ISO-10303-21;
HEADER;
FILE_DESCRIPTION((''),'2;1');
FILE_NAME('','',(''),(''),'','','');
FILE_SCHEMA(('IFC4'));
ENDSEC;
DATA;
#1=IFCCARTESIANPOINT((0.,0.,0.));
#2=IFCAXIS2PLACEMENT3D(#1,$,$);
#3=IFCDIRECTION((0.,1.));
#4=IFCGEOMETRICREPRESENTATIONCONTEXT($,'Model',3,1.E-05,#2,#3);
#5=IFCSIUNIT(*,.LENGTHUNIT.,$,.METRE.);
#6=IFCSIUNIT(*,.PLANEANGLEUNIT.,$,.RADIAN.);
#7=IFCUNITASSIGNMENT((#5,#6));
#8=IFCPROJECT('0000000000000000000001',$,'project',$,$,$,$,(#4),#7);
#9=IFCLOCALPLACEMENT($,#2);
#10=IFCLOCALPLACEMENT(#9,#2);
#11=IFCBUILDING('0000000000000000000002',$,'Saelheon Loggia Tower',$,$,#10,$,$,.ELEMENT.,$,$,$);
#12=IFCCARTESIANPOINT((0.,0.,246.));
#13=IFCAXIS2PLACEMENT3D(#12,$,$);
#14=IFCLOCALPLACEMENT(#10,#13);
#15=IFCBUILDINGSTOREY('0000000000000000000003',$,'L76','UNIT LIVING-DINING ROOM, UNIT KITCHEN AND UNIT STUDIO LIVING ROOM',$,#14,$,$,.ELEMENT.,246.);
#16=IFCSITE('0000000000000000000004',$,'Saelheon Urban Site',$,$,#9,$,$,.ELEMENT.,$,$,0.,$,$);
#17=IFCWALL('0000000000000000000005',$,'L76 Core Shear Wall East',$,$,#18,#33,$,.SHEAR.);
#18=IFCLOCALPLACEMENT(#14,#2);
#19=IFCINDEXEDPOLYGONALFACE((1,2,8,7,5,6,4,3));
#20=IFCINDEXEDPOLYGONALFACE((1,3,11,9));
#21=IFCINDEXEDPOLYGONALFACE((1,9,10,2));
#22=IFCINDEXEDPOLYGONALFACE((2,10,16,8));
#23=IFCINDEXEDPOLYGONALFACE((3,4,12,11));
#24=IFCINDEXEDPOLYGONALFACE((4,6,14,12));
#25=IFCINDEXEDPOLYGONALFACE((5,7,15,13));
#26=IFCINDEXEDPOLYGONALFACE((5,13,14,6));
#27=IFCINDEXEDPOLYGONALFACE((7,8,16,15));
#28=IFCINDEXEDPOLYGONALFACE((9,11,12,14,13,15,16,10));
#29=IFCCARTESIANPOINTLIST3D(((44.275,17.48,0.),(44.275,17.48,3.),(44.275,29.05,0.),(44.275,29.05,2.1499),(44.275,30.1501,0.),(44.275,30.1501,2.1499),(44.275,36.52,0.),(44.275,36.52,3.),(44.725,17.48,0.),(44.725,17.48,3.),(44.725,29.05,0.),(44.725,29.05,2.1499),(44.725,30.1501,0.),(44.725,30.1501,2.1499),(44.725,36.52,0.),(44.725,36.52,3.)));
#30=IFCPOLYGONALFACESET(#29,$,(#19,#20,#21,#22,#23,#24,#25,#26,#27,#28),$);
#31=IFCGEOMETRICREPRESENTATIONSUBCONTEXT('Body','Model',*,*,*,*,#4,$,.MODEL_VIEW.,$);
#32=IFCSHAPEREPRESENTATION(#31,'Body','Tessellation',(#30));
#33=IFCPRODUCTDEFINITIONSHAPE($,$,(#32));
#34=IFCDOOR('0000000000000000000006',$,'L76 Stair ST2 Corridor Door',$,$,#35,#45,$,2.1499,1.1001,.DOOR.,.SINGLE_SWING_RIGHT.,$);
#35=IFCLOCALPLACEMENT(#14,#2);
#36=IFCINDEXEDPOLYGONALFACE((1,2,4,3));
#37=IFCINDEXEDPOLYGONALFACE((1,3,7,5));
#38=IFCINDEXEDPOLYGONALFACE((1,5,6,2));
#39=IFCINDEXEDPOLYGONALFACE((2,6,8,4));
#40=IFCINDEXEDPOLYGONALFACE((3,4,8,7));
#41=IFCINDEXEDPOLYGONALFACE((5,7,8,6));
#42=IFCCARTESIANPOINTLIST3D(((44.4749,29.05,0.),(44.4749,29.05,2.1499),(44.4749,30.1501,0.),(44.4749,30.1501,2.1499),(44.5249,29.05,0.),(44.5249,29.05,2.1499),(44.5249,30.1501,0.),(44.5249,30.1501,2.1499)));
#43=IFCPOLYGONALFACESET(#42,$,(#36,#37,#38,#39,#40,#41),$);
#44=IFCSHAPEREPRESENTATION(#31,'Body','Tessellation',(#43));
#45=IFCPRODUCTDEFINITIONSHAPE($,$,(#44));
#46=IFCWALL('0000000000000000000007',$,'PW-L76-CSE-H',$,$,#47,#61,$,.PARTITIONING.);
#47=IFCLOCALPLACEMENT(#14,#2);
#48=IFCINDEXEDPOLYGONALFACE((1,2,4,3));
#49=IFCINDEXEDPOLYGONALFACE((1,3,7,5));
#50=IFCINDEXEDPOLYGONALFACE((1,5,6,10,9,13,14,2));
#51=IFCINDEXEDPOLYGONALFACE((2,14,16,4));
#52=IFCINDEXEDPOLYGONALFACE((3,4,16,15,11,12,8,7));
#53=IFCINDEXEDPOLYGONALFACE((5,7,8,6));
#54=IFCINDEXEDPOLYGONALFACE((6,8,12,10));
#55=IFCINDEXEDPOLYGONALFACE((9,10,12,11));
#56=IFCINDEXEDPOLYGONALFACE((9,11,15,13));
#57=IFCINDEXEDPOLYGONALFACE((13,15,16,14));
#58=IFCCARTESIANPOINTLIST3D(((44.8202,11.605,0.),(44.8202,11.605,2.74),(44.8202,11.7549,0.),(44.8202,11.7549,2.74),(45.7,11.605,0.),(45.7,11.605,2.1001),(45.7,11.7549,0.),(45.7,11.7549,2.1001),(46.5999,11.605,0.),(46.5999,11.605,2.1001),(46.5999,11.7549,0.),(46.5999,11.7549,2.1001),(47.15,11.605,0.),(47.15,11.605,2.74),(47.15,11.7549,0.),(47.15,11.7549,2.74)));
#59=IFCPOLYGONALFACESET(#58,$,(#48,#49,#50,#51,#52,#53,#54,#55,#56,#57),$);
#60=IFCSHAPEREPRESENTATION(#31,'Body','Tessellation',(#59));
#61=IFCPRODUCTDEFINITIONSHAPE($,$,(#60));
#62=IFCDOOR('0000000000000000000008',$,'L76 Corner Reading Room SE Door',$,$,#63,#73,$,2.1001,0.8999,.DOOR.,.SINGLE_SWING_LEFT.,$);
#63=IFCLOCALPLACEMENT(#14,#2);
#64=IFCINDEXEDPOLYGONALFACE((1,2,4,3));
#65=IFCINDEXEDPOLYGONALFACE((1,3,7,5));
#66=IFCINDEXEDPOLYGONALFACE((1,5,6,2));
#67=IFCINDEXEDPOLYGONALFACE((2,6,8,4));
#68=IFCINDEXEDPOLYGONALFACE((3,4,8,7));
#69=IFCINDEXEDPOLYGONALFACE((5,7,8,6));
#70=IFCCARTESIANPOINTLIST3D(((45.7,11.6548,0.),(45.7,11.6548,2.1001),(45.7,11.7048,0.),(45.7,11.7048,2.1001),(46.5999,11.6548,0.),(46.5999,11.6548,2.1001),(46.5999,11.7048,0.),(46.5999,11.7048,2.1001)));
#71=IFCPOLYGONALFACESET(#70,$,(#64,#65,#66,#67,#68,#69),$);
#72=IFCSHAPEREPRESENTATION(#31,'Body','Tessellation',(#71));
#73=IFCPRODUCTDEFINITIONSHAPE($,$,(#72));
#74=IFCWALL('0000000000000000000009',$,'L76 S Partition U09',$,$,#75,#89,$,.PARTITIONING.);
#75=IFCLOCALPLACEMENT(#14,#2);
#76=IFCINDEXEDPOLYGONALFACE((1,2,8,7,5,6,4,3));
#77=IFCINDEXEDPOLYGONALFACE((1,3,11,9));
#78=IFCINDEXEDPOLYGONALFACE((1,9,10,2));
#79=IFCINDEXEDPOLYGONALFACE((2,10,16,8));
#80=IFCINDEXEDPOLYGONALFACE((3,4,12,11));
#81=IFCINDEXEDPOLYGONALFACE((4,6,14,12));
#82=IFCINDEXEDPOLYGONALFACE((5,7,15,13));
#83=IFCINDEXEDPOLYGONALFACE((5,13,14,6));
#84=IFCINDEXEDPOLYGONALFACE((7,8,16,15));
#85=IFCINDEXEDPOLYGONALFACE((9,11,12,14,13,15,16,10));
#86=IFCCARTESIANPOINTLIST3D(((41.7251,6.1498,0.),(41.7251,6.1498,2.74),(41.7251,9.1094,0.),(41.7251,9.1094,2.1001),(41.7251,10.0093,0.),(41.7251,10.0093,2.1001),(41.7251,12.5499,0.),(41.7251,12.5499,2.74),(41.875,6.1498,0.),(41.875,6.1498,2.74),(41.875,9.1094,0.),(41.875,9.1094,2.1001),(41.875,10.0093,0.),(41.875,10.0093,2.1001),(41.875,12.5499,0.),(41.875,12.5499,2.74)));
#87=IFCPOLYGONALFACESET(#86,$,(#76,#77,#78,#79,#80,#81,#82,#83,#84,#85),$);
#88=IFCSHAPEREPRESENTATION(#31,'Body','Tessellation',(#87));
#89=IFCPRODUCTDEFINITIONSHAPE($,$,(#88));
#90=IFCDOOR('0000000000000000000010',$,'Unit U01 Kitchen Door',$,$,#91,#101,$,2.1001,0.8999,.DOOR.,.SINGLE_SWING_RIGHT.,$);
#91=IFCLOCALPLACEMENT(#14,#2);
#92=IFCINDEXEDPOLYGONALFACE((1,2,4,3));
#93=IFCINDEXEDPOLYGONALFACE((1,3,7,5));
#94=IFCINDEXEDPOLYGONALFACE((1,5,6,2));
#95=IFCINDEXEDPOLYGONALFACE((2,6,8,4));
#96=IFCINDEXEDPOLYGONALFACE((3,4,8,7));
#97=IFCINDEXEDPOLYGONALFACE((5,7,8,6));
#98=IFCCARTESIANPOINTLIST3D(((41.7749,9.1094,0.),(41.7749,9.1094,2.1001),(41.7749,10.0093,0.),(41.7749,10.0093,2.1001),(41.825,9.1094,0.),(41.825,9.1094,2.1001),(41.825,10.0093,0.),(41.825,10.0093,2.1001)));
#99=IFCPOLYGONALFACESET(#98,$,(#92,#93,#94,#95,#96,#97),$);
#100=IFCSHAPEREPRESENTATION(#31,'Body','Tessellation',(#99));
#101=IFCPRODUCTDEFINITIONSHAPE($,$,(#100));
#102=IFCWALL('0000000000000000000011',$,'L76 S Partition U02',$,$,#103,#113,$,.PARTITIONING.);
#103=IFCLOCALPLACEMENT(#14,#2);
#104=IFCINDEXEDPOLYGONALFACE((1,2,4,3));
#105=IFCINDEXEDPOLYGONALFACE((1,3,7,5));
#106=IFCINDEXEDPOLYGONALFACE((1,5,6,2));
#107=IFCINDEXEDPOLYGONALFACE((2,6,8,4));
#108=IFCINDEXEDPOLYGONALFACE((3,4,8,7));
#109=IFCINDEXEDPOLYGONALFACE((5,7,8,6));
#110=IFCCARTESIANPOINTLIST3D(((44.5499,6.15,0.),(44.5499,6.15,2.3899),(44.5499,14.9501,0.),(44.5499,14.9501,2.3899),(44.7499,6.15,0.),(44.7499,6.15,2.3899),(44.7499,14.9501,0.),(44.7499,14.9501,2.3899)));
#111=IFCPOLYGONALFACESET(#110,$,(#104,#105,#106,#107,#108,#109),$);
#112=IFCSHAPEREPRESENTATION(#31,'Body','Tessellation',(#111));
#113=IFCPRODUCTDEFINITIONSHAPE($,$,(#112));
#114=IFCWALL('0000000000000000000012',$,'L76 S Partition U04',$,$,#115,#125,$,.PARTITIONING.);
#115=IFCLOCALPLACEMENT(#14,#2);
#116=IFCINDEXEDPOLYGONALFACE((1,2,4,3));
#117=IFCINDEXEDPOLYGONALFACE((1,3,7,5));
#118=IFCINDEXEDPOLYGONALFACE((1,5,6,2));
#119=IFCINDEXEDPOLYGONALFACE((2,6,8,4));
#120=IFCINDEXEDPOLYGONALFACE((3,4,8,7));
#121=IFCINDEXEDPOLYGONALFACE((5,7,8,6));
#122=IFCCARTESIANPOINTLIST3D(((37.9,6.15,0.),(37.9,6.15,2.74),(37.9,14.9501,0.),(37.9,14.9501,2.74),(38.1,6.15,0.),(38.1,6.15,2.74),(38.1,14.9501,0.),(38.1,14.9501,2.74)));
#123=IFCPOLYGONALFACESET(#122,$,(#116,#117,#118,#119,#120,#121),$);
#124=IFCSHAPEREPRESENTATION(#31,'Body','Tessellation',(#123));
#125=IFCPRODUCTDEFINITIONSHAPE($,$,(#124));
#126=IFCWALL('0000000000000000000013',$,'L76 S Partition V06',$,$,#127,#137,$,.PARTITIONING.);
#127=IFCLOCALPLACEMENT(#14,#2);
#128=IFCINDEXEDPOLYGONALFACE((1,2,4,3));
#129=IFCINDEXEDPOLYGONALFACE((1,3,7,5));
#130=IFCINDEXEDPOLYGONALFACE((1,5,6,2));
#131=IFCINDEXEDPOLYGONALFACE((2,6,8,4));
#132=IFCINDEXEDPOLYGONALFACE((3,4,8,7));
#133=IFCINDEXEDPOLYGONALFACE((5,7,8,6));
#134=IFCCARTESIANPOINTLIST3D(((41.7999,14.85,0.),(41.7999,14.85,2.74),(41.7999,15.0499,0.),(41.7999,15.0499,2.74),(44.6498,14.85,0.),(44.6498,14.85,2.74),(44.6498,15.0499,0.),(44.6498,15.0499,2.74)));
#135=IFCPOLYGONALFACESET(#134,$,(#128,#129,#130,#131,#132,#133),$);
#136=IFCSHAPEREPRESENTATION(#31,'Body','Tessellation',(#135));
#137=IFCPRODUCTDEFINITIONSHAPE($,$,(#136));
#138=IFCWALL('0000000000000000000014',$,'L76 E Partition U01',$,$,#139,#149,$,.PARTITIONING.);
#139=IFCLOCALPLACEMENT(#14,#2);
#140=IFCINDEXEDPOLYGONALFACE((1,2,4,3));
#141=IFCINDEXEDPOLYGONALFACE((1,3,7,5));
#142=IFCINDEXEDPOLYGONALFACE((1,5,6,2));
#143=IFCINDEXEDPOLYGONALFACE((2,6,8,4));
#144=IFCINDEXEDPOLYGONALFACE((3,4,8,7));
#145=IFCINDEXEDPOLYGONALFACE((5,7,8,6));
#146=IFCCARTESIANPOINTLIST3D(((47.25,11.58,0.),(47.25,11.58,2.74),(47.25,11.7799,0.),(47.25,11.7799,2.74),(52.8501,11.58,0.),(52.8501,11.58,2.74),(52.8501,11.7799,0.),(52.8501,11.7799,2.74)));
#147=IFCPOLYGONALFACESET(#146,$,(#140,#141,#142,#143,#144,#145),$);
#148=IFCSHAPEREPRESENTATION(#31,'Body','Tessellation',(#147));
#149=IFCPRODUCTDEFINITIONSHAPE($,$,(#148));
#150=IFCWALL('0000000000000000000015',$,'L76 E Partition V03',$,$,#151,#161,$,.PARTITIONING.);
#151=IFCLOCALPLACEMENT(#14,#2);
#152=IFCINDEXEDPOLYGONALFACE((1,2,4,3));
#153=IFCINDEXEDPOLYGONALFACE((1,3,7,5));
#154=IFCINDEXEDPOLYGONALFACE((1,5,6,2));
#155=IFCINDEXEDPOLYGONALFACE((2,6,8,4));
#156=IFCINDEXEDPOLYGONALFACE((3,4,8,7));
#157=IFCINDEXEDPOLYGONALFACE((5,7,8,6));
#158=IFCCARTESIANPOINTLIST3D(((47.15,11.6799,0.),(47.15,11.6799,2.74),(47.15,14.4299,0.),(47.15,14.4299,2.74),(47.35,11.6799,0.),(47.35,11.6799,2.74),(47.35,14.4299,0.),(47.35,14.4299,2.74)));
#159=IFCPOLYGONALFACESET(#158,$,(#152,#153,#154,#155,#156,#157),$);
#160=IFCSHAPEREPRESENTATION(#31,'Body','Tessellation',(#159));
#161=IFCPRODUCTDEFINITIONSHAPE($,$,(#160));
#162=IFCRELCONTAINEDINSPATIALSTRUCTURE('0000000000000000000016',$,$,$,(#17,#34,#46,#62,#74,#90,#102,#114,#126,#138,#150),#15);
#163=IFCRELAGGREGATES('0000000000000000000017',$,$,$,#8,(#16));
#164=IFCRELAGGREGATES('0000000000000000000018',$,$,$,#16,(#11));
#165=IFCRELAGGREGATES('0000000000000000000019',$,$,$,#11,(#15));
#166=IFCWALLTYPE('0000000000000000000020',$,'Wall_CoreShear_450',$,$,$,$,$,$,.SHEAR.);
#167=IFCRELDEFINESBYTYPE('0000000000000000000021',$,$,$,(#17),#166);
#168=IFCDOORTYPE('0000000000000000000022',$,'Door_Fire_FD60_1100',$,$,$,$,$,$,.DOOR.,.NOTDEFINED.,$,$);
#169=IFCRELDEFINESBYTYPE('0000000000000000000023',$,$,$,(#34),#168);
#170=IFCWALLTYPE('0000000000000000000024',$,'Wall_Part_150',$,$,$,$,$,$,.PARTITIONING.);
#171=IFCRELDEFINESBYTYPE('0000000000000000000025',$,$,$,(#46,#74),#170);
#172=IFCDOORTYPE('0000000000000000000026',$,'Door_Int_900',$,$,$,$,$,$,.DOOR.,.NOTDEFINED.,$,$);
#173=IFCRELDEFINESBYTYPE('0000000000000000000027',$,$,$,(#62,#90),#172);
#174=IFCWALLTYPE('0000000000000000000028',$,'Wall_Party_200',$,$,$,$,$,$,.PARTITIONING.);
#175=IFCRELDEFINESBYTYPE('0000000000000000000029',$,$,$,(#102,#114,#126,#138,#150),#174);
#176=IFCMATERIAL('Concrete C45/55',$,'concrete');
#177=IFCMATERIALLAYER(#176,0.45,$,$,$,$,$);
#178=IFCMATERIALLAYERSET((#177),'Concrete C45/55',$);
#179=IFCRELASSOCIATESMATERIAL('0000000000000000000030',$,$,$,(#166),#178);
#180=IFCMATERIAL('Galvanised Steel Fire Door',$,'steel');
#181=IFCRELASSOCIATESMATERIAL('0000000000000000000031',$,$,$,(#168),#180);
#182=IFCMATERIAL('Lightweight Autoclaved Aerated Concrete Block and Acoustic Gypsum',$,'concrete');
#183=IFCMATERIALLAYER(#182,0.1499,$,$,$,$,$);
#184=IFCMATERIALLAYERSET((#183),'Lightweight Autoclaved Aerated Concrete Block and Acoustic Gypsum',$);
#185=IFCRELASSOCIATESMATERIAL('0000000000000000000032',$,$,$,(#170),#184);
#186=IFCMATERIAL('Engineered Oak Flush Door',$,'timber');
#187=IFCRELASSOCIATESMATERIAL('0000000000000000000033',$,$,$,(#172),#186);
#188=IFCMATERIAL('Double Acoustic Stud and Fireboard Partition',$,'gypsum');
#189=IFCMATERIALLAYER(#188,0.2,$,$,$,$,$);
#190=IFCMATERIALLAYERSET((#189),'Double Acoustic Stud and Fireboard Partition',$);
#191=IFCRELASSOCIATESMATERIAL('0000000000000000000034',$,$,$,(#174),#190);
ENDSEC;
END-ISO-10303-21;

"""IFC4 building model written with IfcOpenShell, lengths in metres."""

from ifc_helpers import new_model, si_unit, direction, frame, frame_2d, origin, place, context, subcontext, project, spatial, rectangle, extrude, source, transform, mapped, material, layer, layer_set, type_object, element, fill, save


model = new_model("IFC4")

# Units and contexts
model_context = context("Model", 3, precision=1e-05, world=origin(), true_north=direction((0.0, 1.0)))
body_context = subcontext(model_context, "Body", "Model", "MODEL_VIEW")
ifc_project = project(units=[si_unit("LENGTHUNIT", "METRE"), si_unit("PLANEANGLEUNIT", "RADIAN")], contexts=[model_context])

# Site, building, storey
site_placement = place(None, origin())
site = spatial("IfcSite", under=ifc_project, at=site_placement, Name="Saelheon Urban Site", CompositionType="ELEMENT", RefElevation=0.0)
building_placement = place(site_placement, origin())
building = spatial("IfcBuilding", under=site, at=building_placement, Name="Saelheon Loggia Tower", CompositionType="ELEMENT")
storey_placement = place(building_placement, frame((0.0, 0.0, 246.0)))
storey = spatial("IfcBuildingStorey", under=building, at=storey_placement, Name="L76", Description="UNIT LIVING-DINING ROOM, UNIT KITCHEN AND UNIT STUDIO LIVING ROOM", CompositionType="ELEMENT", Elevation=246.0)

# Walls, openings, doors
ifc_material_1 = material(Name="Concrete C45/55", Category="concrete")
ifc_layer_1 = layer(ifc_material_1, 0.45)
ifc_layer_set_1 = layer_set([ifc_layer_1], Name="Concrete C45/55")
wall_type_1 = type_object("IfcWallType", Name="Wall_CoreShear_450", PredefinedType="SHEAR", material=ifc_layer_set_1)
wall_1_placement = place(storey_placement, frame((44.5, 17.48, 0.0), z_axis=(0.0, 0.0, 1.0), x_axis=(0.0, 1.0, 0.0)))
wall_1 = element("IfcWall", 1, at=wall_1_placement, inside=storey, type_object=wall_type_1, Name="L76 Core Shear Wall East", PredefinedType="SHEAR", context=body_context, shape_type="SweptSolid", body=[
    extrude(rectangle(XDim=19.04, YDim=0.45, at=frame_2d((9.52, 0.0))), origin(), (0.0, 0.0, 1.0), 3.0),
])
opening_1_placement = place(wall_1_placement, frame((12.6702, 0.0, 0.0), z_axis=(0.0, 0.0, 1.0), x_axis=(-1.0, 0.0, 0.0)))
opening_1 = element("IfcOpeningElement", 2, at=opening_1_placement, cuts=wall_1, PredefinedType="OPENING", context=body_context, shape_type="SweptSolid", body=[
    extrude(rectangle(XDim=1.1001, YDim=2.1499, at=frame_2d((0.55, 1.075))), frame((0.0, 0.2371, 0.0), z_axis=(0.0, -1.0, 0.0), x_axis=(1.0, 0.0, 0.0)), (0.0, 0.0, 1.0), 0.4739),
])
ifc_material_2 = material(Name="Galvanised Steel Fire Door", Category="steel")
door_type_1 = type_object("IfcDoorType", Name="Door_Fire_FD60_1100", OperationType="NOTDEFINED", PredefinedType="DOOR", material=ifc_material_2)
shared_shape_1 = source(origin(), body_context, "Body", "SweptSolid", [
    extrude(rectangle(XDim=1.1001, YDim=2.1499, at=frame_2d((0.55, 1.075))), frame((0.0, 0.0249, 0.0), z_axis=(0.0, -1.0, 0.0), x_axis=(1.0, 0.0, 0.0)), (0.0, 0.0, 1.0), 0.05),
])
door_1_placement = place(opening_1_placement, origin())
door_1 = element("IfcDoor", 3, at=door_1_placement, inside=storey, type_object=door_type_1, Name="L76 Stair ST2 Corridor Door", OperationType="SINGLE_SWING_RIGHT", OverallHeight=2.1499, OverallWidth=1.1001, PredefinedType="DOOR", context=body_context, shape_type="MappedRepresentation", body=[
    mapped(shared_shape_1, transform((0.0, 0.0, 0.0), scale=1.0)),
])
fill(opening_1, door_1)
ifc_material_3 = material(Name="Lightweight Autoclaved Aerated Concrete Block and Acoustic Gypsum", Category="concrete")
ifc_layer_2 = layer(ifc_material_3, 0.1499)
ifc_layer_set_2 = layer_set([ifc_layer_2], Name="Lightweight Autoclaved Aerated Concrete Block and Acoustic Gypsum")
wall_type_2 = type_object("IfcWallType", Name="Wall_Part_150", PredefinedType="PARTITIONING", material=ifc_layer_set_2)
wall_2_placement = place(storey_placement, frame((44.8201, 11.6799, 0.0), z_axis=(0.0, 0.0, 1.0), x_axis=(1.0, 0.0, 0.0)))
wall_2 = element("IfcWall", 4, at=wall_2_placement, inside=storey, type_object=wall_type_2, Name="PW-L76-CSE-H", PredefinedType="PARTITIONING", context=body_context, shape_type="SweptSolid", body=[
    extrude(rectangle(XDim=2.3298, YDim=0.1499, at=frame_2d((1.165, 0.0))), origin(), (0.0, 0.0, 1.0), 2.74),
])
opening_2_placement = place(wall_2_placement, frame((0.8799, 0.0, 0.0)))
opening_2 = element("IfcOpeningElement", 5, at=opening_2_placement, cuts=wall_2, PredefinedType="OPENING", context=body_context, shape_type="SweptSolid", body=[
    extrude(rectangle(XDim=0.8999, YDim=2.1001, at=frame_2d((0.45, 1.05))), frame((0.0, 0.0869, 0.0), z_axis=(0.0, -1.0, 0.0), x_axis=(1.0, 0.0, 0.0)), (0.0, 0.0, 1.0), 0.1738),
])
ifc_material_4 = material(Name="Engineered Oak Flush Door", Category="timber")
door_type_2 = type_object("IfcDoorType", Name="Door_Int_900", OperationType="NOTDEFINED", PredefinedType="DOOR", material=ifc_material_4)
shared_shape_2 = source(origin(), body_context, "Body", "SweptSolid", [
    extrude(rectangle(XDim=0.8999, YDim=2.1001, at=frame_2d((0.45, 1.05))), frame((0.0, 0.0249, 0.0), z_axis=(0.0, -1.0, 0.0), x_axis=(1.0, 0.0, 0.0)), (0.0, 0.0, 1.0), 0.05),
])
door_2_placement = place(opening_2_placement, origin())
door_2 = element("IfcDoor", 6, at=door_2_placement, inside=storey, type_object=door_type_2, Name="L76 Corner Reading Room SE Door", OperationType="SINGLE_SWING_LEFT", OverallHeight=2.1001, OverallWidth=0.8999, PredefinedType="DOOR", context=body_context, shape_type="MappedRepresentation", body=[
    mapped(shared_shape_2, transform((0.0, 0.0, 0.0), scale=1.0)),
])
fill(opening_2, door_2)
wall_3_placement = place(storey_placement, frame((41.8, 12.55, 0.0), z_axis=(0.0, 0.0, 1.0), x_axis=(0.0, -1.0, 0.0)))
wall_3 = element("IfcWall", 7, at=wall_3_placement, inside=storey, type_object=wall_type_2, Name="L76 S Partition U09", PredefinedType="PARTITIONING", context=body_context, shape_type="SweptSolid", body=[
    extrude(rectangle(XDim=6.4001, YDim=0.1499, at=frame_2d((3.2002, 0.0))), origin(), (0.0, 0.0, 1.0), 2.74),
])
opening_3_placement = place(wall_3_placement, frame((2.5408, 0.0, 0.0)))
opening_3 = element("IfcOpeningElement", 8, at=opening_3_placement, cuts=wall_3, PredefinedType="OPENING", context=body_context, shape_type="SweptSolid", body=[
    extrude(rectangle(XDim=0.8999, YDim=2.1001, at=frame_2d((0.45, 1.05))), frame((0.0, 0.0869, 0.0), z_axis=(0.0, -1.0, 0.0), x_axis=(1.0, 0.0, 0.0)), (0.0, 0.0, 1.0), 0.1738),
])
door_3_placement = place(opening_3_placement, origin())
door_3 = element("IfcDoor", 9, at=door_3_placement, inside=storey, type_object=door_type_2, Name="Unit U01 Kitchen Door", OperationType="SINGLE_SWING_RIGHT", OverallHeight=2.1001, OverallWidth=0.8999, PredefinedType="DOOR", context=body_context, shape_type="MappedRepresentation", body=[
    mapped(shared_shape_2, transform((0.0, 0.0, 0.0), scale=1.0)),
])
fill(opening_3, door_3)

# Walls
ifc_material_5 = material(Name="Double Acoustic Stud and Fireboard Partition", Category="gypsum")
ifc_layer_3 = layer(ifc_material_5, 0.2)
ifc_layer_set_3 = layer_set([ifc_layer_3], Name="Double Acoustic Stud and Fireboard Partition")
wall_type_3 = type_object("IfcWallType", Name="Wall_Party_200", PredefinedType="PARTITIONING", material=ifc_layer_set_3)
wall_4_placement = place(storey_placement, frame((44.6499, 14.95, 0.0), z_axis=(0.0, 0.0, 1.0), x_axis=(0.0, -1.0, 0.0)))
element("IfcWall", 10, at=wall_4_placement, inside=storey, type_object=wall_type_3, Name="L76 S Partition U02", PredefinedType="PARTITIONING", context=body_context, shape_type="SweptSolid", body=[
    extrude(rectangle(XDim=8.8, YDim=0.2, at=frame_2d((4.3999, 0.0))), origin(), (0.0, 0.0, 1.0), 2.3899),
])
wall_5_placement = place(storey_placement, frame((38.0, 14.95, 0.0), z_axis=(0.0, 0.0, 1.0), x_axis=(0.0, -1.0, 0.0)))
element("IfcWall", 11, at=wall_5_placement, inside=storey, type_object=wall_type_3, Name="L76 S Partition U04", PredefinedType="PARTITIONING", context=body_context, shape_type="SweptSolid", body=[
    extrude(rectangle(XDim=8.8, YDim=0.2, at=frame_2d((4.3999, 0.0))), origin(), (0.0, 0.0, 1.0), 2.74),
])

# Walls
wall_6_placement = place(storey_placement, frame((41.8, 14.95, 0.0), z_axis=(0.0, 0.0, 1.0), x_axis=(1.0, 0.0, 0.0)))
element("IfcWall", 12, at=wall_6_placement, inside=storey, type_object=wall_type_3, Name="L76 S Partition V06", PredefinedType="PARTITIONING", context=body_context, shape_type="SweptSolid", body=[
    extrude(rectangle(XDim=2.8499, YDim=0.2, at=frame_2d((1.4248, 0.0))), origin(), (0.0, 0.0, 1.0), 2.74),
])
wall_7_placement = place(storey_placement, frame((47.25, 11.6799, 0.0), z_axis=(0.0, 0.0, 1.0), x_axis=(1.0, 0.0, 0.0)))
element("IfcWall", 13, at=wall_7_placement, inside=storey, type_object=wall_type_3, Name="L76 E Partition U01", PredefinedType="PARTITIONING", context=body_context, shape_type="SweptSolid", body=[
    extrude(rectangle(XDim=5.6001, YDim=0.2, at=frame_2d((2.8, 0.0))), origin(), (0.0, 0.0, 1.0), 2.74),
])
wall_8_placement = place(storey_placement, frame((47.25, 11.6799, 0.0), z_axis=(0.0, 0.0, 1.0), x_axis=(0.0, 1.0, 0.0)))
element("IfcWall", 14, at=wall_8_placement, inside=storey, type_object=wall_type_3, Name="L76 E Partition V03", PredefinedType="PARTITIONING", context=body_context, shape_type="SweptSolid", body=[
    extrude(rectangle(XDim=2.75, YDim=0.2, at=frame_2d((1.375, 0.0))), origin(), (0.0, 0.0, 1.0), 2.74),
])

save(model, "model.ifc")
